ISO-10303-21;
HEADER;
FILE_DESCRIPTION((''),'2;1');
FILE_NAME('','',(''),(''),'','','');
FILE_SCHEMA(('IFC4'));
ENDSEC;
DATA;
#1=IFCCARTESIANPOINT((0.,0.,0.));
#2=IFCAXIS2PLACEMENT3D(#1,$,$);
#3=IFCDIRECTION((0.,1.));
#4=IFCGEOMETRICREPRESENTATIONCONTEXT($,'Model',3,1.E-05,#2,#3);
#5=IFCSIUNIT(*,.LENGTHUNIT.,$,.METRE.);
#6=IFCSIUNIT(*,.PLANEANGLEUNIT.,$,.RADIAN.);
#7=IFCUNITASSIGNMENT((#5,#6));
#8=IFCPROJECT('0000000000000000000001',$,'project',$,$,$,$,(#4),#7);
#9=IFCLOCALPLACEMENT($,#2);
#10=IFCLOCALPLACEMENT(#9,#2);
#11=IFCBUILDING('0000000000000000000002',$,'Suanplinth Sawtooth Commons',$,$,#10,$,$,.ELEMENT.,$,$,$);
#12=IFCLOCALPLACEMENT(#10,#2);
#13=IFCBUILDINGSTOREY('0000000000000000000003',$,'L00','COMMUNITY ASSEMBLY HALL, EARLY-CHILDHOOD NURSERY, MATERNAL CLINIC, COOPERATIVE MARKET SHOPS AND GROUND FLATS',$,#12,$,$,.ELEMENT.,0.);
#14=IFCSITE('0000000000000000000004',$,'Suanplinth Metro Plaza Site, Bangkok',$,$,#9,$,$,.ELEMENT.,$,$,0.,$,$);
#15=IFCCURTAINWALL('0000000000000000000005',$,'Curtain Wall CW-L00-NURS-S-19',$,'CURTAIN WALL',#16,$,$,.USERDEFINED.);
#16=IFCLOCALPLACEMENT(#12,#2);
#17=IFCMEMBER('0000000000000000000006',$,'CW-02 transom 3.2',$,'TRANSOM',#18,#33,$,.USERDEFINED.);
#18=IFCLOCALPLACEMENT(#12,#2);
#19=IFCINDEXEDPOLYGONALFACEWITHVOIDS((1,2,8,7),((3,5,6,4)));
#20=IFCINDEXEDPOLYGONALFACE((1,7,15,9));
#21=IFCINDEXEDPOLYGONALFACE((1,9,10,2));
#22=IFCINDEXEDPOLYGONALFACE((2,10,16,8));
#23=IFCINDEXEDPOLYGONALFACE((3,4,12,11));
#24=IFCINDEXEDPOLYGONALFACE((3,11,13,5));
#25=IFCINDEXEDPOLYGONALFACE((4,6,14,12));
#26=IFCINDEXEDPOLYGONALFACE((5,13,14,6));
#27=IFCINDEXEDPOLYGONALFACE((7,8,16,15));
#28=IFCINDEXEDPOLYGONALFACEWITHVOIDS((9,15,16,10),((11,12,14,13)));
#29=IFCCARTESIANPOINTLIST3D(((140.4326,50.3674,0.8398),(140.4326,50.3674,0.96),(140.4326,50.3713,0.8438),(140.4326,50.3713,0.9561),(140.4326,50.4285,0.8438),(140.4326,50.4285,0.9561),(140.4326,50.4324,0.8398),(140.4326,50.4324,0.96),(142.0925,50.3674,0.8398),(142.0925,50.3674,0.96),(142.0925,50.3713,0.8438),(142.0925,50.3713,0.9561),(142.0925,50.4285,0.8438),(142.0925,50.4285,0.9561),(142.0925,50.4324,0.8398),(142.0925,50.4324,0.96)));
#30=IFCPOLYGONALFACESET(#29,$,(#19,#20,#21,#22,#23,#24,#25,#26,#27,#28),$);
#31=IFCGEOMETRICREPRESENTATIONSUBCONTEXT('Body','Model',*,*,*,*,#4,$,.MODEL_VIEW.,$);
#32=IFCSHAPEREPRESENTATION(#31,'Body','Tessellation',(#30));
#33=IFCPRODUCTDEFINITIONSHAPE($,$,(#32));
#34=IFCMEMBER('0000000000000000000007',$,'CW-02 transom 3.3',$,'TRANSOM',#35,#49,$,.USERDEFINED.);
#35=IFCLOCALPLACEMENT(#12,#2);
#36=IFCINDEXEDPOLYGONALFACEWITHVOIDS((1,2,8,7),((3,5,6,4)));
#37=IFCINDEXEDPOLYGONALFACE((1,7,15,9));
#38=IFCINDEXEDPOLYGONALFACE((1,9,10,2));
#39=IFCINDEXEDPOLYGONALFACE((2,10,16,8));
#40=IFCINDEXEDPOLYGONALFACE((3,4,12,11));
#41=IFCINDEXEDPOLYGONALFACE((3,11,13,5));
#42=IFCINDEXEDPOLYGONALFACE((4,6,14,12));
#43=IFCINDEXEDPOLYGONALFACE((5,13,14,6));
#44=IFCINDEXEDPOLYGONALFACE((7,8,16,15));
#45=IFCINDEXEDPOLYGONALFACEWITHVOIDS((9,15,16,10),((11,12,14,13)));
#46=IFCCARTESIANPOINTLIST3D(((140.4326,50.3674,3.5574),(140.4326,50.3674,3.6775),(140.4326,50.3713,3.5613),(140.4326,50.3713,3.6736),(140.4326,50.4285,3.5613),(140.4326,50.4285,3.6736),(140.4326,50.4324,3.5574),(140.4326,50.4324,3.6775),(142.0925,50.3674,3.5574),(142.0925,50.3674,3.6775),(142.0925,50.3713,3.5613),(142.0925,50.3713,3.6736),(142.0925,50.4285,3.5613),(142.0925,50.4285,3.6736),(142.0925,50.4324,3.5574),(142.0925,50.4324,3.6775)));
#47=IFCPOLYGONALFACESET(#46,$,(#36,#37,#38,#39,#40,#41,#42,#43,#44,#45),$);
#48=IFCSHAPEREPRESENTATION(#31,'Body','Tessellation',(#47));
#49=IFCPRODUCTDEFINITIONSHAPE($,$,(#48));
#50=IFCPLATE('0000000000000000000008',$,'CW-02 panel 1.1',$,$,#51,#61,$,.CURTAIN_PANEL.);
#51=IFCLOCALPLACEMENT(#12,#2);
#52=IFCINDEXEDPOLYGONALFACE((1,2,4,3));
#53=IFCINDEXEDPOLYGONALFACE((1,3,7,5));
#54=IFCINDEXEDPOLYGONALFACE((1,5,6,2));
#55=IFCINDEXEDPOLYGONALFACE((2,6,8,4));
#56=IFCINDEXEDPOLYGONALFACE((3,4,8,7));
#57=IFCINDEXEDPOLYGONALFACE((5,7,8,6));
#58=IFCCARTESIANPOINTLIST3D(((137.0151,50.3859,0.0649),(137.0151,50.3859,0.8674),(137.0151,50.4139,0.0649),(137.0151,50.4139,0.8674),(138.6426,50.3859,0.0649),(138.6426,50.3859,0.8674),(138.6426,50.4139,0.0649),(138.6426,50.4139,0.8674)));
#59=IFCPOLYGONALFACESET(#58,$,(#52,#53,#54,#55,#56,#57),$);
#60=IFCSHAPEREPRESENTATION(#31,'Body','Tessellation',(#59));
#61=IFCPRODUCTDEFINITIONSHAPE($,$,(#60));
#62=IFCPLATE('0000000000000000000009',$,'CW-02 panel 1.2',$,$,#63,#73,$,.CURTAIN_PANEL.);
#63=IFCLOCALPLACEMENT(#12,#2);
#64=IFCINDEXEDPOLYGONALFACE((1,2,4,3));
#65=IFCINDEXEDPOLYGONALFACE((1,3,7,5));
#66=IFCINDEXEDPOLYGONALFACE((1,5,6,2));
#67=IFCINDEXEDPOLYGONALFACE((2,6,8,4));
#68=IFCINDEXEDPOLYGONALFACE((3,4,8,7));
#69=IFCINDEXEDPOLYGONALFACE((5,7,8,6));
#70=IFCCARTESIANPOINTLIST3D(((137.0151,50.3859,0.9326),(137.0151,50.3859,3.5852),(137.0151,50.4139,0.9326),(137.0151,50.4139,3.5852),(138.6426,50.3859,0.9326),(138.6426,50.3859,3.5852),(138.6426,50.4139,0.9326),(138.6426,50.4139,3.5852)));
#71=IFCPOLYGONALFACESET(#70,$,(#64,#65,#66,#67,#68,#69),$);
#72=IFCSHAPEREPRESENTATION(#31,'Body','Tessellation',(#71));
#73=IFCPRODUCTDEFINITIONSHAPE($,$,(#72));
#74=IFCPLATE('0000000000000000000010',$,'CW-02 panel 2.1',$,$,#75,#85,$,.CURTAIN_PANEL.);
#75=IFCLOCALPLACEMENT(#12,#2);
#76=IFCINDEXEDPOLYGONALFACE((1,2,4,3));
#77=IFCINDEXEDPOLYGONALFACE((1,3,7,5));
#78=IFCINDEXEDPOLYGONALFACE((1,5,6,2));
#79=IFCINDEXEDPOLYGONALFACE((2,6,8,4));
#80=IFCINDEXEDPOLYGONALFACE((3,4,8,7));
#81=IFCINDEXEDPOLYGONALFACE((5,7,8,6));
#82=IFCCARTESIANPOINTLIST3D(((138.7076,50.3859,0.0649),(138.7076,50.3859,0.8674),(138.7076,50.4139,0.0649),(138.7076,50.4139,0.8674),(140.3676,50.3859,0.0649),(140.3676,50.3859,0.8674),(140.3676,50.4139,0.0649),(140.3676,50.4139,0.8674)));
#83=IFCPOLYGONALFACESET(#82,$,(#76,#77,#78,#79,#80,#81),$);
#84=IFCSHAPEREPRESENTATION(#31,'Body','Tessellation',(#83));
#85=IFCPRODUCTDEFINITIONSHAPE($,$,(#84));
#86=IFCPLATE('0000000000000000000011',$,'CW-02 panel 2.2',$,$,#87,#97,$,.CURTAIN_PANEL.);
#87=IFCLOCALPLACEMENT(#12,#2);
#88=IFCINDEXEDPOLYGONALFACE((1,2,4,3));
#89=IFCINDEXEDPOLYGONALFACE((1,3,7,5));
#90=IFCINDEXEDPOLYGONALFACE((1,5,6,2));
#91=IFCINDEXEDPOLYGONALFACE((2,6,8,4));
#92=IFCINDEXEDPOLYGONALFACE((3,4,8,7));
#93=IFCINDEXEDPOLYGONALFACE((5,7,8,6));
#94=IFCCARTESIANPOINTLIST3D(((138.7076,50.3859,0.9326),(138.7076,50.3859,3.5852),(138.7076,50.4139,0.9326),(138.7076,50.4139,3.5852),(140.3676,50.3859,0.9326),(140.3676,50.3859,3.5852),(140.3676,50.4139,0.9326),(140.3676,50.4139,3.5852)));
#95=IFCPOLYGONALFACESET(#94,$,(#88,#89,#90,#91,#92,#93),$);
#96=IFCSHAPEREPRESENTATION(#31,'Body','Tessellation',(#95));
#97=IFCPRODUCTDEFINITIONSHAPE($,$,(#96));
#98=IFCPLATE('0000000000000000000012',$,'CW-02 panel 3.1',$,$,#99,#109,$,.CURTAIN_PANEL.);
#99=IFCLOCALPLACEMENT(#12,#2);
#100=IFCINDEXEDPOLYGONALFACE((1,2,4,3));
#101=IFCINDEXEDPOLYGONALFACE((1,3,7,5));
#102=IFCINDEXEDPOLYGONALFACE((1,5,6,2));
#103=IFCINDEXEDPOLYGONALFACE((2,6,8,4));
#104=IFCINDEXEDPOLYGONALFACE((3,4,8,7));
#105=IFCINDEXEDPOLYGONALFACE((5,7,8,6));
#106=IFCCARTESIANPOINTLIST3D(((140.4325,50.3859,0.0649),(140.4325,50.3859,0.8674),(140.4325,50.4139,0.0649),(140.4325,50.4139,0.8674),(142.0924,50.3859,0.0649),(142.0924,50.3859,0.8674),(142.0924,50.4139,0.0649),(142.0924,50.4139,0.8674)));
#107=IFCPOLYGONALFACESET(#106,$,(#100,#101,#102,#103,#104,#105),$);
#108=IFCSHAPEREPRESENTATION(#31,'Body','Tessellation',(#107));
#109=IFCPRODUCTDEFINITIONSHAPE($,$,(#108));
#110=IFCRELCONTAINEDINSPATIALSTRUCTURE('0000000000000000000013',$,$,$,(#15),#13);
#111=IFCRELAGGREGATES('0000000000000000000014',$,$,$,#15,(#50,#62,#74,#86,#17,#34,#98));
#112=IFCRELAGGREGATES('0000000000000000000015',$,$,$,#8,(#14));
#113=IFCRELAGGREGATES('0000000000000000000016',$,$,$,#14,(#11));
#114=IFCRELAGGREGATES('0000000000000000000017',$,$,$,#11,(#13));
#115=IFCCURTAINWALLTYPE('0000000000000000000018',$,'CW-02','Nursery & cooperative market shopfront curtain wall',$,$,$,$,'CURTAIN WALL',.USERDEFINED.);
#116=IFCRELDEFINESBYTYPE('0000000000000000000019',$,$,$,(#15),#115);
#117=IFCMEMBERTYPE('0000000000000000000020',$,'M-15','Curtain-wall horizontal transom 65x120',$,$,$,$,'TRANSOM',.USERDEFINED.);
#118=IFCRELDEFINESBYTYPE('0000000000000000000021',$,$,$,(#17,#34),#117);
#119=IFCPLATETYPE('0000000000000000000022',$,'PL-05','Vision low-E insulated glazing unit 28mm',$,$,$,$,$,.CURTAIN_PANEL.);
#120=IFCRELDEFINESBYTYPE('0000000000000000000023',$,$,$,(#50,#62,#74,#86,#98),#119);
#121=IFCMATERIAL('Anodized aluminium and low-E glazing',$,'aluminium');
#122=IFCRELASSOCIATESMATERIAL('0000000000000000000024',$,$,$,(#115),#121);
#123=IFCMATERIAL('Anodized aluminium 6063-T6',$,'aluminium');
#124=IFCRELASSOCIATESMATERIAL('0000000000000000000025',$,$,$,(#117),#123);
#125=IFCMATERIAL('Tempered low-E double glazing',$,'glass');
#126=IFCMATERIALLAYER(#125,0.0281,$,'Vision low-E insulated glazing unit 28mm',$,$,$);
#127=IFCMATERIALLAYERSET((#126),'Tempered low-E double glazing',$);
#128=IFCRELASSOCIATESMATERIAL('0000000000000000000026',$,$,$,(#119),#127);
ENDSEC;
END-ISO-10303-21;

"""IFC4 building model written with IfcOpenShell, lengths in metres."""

from ifc_helpers import new_model, si_unit, direction, frame, origin, origin_2d, place, context, subcontext, project, spatial, rectangle, hollow_rectangle, extrude, material, layer, layer_set, material_profile, profile_set, type_object, element, aggregate, save


model = new_model("IFC4")

# Units and contexts
model_context = context("Model", 3, precision=1e-05, world=origin(), true_north=direction((0.0, 1.0)))
body_context = subcontext(model_context, "Body", "Model", "MODEL_VIEW")
ifc_project = project(units=[si_unit("LENGTHUNIT", "METRE"), si_unit("PLANEANGLEUNIT", "RADIAN")], contexts=[model_context])

# Site, building, storey
site_placement = place(None, origin())
site = spatial("IfcSite", under=ifc_project, at=site_placement, Name="Suanplinth Metro Plaza Site, Bangkok", CompositionType="ELEMENT", RefElevation=0.0)
building_placement = place(site_placement, origin())
building = spatial("IfcBuilding", under=site, at=building_placement, Name="Suanplinth Sawtooth Commons", CompositionType="ELEMENT")
storey_placement = place(building_placement, origin())
storey = spatial("IfcBuildingStorey", under=building, at=storey_placement, Name="L00", Description="COMMUNITY ASSEMBLY HALL, EARLY-CHILDHOOD NURSERY, MATERNAL CLINIC, COOPERATIVE MARKET SHOPS AND GROUND FLATS", CompositionType="ELEMENT", Elevation=0.0)

# Curtain wall, members, plates
ifc_material_1 = material(Name="Anodized aluminium and low-E glazing", Category="aluminium")
curtain_wall_type = type_object("IfcCurtainWallType", Name="CW-02", Description="Nursery & cooperative market shopfront curtain wall", ElementType="CURTAIN WALL", PredefinedType="USERDEFINED", material=ifc_material_1)
curtain_wall_placement = place(storey_placement, origin())
curtain_wall = element("IfcCurtainWall", 1, at=curtain_wall_placement, inside=storey, type_object=curtain_wall_type, Name="Curtain Wall CW-L00-NURS-S-19", ObjectType="CURTAIN WALL", PredefinedType="USERDEFINED")
ifc_material_2 = material(Name="Anodized aluminium 6063-T6", Category="aluminium")
ifc_material_profile_1 = material_profile(ifc_material_2, hollow_rectangle(XDim=0.0649, YDim=0.1201, WallThickness=0.0039, at=origin_2d()), Name="ALU-TRN 65x120")
ifc_profile_set_1 = profile_set([ifc_material_profile_1], Name="Anodized aluminium 6063-T6")
member_type_1 = type_object("IfcMemberType", Name="M-15", Description="Curtain-wall horizontal transom 65x120", ElementType="TRANSOM", PredefinedType="USERDEFINED", material=ifc_profile_set_1)
member_1_placement = place(storey_placement, frame((140.4326, 50.3999, 0.8999), z_axis=(1.0, 0.0, 0.0), x_axis=(0.0, 1.0, 0.0)))
member_1 = element("IfcMember", 2, at=member_1_placement, type_object=member_type_1, Name="CW-02 transom 3.2", ObjectType="TRANSOM", PredefinedType="USERDEFINED", context=body_context, shape_type="SweptSolid", body=[
    extrude(hollow_rectangle(XDim=0.0649, YDim=0.1201, WallThickness=0.0039, at=origin_2d()), origin(), (0.0, 0.0, 1.0), 1.6599),
])
member_2_placement = place(storey_placement, frame((140.4326, 50.3999, 3.6174), z_axis=(1.0, 0.0, 0.0), x_axis=(0.0, 1.0, 0.0)))
member_2 = element("IfcMember", 3, at=member_2_placement, type_object=member_type_1, Name="CW-02 transom 3.3", ObjectType="TRANSOM", PredefinedType="USERDEFINED", context=body_context, shape_type="SweptSolid", body=[
    extrude(hollow_rectangle(XDim=0.0649, YDim=0.1201, WallThickness=0.0039, at=origin_2d()), origin(), (0.0, 0.0, 1.0), 1.6599),
])
ifc_material_3 = material(Name="Tempered low-E double glazing", Category="glass")
ifc_layer = layer(ifc_material_3, 0.0281, Name="Vision low-E insulated glazing unit 28mm")
ifc_layer_set = layer_set([ifc_layer], Name="Tempered low-E double glazing")
plate_type = type_object("IfcPlateType", Name="PL-05", Description="Vision low-E insulated glazing unit 28mm", PredefinedType="CURTAIN_PANEL", material=ifc_layer_set)
plate_1_placement = place(storey_placement, frame((137.8289, 50.3999, 0.0649), z_axis=(0.0, 0.0, 1.0), x_axis=(1.0, 0.0, 0.0)))
plate_1 = element("IfcPlate", 4, at=plate_1_placement, type_object=plate_type, Name="CW-02 panel 1.1", PredefinedType="CURTAIN_PANEL", context=body_context, shape_type="SweptSolid", body=[
    extrude(rectangle(XDim=1.6274, YDim=0.0281, at=origin_2d()), origin(), (0.0, 0.0, 1.0), 0.8025),
])
plate_2_placement = place(storey_placement, frame((137.8289, 50.3999, 0.9326), z_axis=(0.0, 0.0, 1.0), x_axis=(1.0, 0.0, 0.0)))
plate_2 = element("IfcPlate", 5, at=plate_2_placement, type_object=plate_type, Name="CW-02 panel 1.2", PredefinedType="CURTAIN_PANEL", context=body_context, shape_type="SweptSolid", body=[
    extrude(rectangle(XDim=1.6274, YDim=0.0281, at=origin_2d()), origin(), (0.0, 0.0, 1.0), 2.6526),
])
plate_3_placement = place(storey_placement, frame((139.5376, 50.3999, 0.0649), z_axis=(0.0, 0.0, 1.0), x_axis=(1.0, 0.0, 0.0)))
plate_3 = element("IfcPlate", 6, at=plate_3_placement, type_object=plate_type, Name="CW-02 panel 2.1", PredefinedType="CURTAIN_PANEL", context=body_context, shape_type="SweptSolid", body=[
    extrude(rectangle(XDim=1.6599, YDim=0.0281, at=origin_2d()), origin(), (0.0, 0.0, 1.0), 0.8025),
])
plate_4_placement = place(storey_placement, frame((139.5376, 50.3999, 0.9326), z_axis=(0.0, 0.0, 1.0), x_axis=(1.0, 0.0, 0.0)))
plate_4 = element("IfcPlate", 7, at=plate_4_placement, type_object=plate_type, Name="CW-02 panel 2.2", PredefinedType="CURTAIN_PANEL", context=body_context, shape_type="SweptSolid", body=[
    extrude(rectangle(XDim=1.6599, YDim=0.0281, at=origin_2d()), origin(), (0.0, 0.0, 1.0), 2.6526),
])
plate_5_placement = place(storey_placement, frame((141.2625, 50.3999, 0.0649), z_axis=(0.0, 0.0, 1.0), x_axis=(1.0, 0.0, 0.0)))
plate_5 = element("IfcPlate", 8, at=plate_5_placement, type_object=plate_type, Name="CW-02 panel 3.1", PredefinedType="CURTAIN_PANEL", context=body_context, shape_type="SweptSolid", body=[
    extrude(rectangle(XDim=1.6599, YDim=0.0281, at=origin_2d()), origin(), (0.0, 0.0, 1.0), 0.8025),
])
aggregate(curtain_wall, [plate_1, plate_2, plate_3, plate_4, member_1, member_2, plate_5])

save(model, "model.ifc")
